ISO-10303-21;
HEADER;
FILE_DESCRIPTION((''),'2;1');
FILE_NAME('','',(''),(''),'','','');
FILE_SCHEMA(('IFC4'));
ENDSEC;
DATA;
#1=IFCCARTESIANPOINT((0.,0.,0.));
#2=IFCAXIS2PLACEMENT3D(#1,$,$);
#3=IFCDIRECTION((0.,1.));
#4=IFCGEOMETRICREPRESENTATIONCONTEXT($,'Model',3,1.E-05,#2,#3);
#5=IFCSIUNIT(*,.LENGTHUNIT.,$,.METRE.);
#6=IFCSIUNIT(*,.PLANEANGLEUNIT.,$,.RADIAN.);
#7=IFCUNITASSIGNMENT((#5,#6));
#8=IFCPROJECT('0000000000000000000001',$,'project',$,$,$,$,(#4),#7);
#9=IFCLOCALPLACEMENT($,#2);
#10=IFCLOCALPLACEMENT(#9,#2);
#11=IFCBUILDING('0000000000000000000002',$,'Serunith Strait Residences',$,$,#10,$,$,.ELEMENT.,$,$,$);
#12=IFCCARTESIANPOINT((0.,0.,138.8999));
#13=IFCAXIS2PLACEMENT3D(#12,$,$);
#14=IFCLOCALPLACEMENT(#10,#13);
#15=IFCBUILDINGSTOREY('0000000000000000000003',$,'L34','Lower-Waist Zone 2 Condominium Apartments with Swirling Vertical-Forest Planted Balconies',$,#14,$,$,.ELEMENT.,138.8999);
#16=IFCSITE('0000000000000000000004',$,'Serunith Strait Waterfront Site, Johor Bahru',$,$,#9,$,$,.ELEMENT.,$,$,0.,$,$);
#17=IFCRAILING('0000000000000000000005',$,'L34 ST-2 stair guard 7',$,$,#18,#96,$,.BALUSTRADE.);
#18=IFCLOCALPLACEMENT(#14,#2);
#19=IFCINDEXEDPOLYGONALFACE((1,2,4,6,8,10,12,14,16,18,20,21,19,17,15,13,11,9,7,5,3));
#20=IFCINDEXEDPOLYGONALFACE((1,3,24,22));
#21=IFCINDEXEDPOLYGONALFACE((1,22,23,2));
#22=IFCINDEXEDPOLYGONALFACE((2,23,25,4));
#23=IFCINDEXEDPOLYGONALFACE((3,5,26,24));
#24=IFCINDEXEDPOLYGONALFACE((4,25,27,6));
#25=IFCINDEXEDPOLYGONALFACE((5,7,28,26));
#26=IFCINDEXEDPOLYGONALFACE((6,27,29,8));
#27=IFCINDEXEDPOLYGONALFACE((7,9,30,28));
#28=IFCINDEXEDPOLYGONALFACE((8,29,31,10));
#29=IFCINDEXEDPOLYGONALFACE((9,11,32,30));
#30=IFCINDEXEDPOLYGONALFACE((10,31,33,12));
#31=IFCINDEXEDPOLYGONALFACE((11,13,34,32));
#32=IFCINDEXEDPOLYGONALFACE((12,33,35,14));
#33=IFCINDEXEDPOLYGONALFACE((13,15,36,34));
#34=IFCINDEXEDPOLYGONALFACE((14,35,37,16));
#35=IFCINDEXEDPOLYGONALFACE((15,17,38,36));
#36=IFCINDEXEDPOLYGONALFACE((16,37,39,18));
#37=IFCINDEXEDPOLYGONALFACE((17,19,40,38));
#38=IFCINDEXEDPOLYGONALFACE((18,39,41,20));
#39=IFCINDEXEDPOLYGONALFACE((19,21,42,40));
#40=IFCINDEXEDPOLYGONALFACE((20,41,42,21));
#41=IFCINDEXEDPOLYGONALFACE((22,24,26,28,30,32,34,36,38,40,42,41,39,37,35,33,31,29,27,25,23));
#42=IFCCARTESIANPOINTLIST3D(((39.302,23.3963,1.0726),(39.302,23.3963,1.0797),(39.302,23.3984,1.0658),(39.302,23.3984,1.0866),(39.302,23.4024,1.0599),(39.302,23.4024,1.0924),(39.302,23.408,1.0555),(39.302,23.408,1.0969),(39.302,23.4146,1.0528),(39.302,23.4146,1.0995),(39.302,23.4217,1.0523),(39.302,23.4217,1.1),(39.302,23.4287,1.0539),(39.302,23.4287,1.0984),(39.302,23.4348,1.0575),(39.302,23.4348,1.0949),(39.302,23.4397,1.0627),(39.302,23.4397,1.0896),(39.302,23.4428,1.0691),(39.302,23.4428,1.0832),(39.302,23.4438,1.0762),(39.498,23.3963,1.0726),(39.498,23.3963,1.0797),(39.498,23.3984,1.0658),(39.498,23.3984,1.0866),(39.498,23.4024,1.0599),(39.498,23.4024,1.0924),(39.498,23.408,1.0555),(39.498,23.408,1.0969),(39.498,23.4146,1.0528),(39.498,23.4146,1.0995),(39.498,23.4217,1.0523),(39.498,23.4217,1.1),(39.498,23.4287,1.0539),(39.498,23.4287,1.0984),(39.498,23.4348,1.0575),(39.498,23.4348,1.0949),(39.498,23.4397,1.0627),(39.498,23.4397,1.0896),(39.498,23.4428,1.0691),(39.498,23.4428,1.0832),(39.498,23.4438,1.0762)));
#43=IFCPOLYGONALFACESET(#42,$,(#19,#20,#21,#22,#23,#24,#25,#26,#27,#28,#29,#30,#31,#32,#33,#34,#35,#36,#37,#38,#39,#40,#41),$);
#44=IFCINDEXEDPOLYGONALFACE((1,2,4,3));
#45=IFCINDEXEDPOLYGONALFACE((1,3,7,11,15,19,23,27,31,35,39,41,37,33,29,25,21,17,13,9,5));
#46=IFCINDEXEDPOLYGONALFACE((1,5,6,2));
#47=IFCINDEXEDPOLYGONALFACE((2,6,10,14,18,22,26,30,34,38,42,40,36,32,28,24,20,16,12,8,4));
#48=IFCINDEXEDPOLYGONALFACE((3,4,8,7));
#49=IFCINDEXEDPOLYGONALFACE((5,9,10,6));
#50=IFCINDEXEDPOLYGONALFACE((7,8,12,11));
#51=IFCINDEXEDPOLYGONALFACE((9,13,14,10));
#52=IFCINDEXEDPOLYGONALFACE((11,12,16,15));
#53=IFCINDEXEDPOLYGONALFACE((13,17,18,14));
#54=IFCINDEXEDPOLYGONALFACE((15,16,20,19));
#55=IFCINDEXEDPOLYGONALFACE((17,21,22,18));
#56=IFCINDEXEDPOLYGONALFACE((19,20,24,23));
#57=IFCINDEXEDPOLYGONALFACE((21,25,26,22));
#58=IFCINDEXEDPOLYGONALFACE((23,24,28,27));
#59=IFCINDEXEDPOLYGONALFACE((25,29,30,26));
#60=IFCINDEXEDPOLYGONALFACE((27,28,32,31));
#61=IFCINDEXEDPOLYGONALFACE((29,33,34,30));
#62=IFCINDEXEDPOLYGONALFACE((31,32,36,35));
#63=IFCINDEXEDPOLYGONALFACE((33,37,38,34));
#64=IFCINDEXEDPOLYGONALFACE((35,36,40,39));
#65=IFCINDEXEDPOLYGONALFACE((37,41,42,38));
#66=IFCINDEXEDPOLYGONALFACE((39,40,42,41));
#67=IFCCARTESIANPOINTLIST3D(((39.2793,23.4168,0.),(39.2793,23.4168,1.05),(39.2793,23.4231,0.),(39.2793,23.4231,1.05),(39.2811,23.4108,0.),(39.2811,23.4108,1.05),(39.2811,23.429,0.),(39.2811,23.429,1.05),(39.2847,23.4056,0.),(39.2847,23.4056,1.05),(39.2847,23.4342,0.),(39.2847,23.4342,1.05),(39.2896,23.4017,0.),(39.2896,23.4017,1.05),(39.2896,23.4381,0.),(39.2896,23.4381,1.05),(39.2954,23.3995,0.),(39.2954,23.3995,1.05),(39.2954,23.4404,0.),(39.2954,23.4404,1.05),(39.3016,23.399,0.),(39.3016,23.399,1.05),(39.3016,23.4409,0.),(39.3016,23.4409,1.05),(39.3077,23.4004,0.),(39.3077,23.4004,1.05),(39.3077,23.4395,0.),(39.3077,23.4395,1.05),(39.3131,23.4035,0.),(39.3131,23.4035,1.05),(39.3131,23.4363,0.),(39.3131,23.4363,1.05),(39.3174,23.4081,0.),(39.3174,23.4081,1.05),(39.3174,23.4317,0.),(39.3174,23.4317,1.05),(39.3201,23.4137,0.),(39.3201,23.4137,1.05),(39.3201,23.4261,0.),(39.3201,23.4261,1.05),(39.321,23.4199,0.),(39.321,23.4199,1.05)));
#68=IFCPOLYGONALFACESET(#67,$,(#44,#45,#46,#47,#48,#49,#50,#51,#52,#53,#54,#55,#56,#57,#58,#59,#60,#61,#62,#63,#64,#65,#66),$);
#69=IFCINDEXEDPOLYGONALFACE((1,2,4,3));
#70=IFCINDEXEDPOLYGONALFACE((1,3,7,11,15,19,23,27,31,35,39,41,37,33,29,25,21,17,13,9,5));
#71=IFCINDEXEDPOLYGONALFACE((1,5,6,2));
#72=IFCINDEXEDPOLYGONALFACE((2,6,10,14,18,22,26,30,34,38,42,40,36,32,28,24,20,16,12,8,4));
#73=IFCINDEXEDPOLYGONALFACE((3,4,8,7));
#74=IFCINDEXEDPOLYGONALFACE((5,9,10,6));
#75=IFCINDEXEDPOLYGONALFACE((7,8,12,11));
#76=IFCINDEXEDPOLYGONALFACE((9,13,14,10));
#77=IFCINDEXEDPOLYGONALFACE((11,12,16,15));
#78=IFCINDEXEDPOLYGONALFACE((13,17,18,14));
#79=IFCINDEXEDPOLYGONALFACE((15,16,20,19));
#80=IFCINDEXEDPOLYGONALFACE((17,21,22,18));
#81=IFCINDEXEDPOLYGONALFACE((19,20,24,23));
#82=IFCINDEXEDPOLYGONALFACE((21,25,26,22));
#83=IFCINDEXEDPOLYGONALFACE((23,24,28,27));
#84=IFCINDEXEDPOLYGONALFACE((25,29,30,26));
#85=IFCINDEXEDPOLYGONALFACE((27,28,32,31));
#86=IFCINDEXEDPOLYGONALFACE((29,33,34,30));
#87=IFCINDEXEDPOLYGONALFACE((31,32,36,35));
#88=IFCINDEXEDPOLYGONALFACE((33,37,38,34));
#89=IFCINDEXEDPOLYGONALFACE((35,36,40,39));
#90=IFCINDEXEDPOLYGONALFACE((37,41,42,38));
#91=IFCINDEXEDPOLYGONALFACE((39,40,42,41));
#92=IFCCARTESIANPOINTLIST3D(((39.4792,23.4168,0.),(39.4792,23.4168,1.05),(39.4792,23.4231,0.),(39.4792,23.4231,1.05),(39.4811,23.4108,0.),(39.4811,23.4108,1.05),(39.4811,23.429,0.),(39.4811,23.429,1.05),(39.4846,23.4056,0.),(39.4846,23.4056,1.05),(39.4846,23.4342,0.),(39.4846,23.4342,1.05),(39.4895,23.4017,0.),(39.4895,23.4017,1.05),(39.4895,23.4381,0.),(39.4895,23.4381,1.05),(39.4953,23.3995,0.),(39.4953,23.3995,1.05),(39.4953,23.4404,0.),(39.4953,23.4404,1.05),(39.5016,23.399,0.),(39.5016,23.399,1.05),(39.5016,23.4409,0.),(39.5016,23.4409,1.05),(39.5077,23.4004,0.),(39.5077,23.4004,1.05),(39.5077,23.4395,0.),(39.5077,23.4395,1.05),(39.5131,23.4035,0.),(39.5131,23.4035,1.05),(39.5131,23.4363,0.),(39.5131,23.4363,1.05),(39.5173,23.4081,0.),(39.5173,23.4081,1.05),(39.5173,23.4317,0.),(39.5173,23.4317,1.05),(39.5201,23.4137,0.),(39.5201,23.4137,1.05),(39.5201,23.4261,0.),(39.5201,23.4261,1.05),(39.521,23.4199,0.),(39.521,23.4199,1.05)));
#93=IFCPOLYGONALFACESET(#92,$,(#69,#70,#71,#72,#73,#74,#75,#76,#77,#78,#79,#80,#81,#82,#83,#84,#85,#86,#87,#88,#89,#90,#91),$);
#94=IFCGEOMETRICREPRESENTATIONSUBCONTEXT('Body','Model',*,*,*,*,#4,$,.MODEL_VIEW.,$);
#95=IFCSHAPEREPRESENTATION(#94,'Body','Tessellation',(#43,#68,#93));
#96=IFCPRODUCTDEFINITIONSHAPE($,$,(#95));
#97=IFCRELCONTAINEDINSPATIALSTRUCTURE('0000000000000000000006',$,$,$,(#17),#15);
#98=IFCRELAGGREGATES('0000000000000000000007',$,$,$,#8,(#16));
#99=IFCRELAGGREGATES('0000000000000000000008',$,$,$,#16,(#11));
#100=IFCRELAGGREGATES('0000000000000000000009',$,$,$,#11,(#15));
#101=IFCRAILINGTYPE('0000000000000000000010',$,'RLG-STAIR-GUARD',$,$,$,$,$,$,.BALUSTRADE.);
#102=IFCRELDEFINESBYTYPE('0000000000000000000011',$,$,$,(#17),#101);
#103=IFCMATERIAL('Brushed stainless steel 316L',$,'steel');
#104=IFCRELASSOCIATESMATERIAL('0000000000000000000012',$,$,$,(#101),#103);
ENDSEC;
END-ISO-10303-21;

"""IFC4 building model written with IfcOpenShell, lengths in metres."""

from ifc_helpers import new_model, si_unit, direction, frame, origin, origin_2d, place, context, subcontext, project, spatial, circle, extrude, material, type_object, element, save


model = new_model("IFC4")

# Units and contexts
model_context = context("Model", 3, precision=1e-05, world=origin(), true_north=direction((0.0, 1.0)))
body_context = subcontext(model_context, "Body", "Model", "MODEL_VIEW")
ifc_project = project(units=[si_unit("LENGTHUNIT", "METRE"), si_unit("PLANEANGLEUNIT", "RADIAN")], contexts=[model_context])

# Site, building, storey
site_placement = place(None, origin())
site = spatial("IfcSite", under=ifc_project, at=site_placement, Name="Serunith Strait Waterfront Site, Johor Bahru", CompositionType="ELEMENT", RefElevation=0.0)
building_placement = place(site_placement, origin())
building = spatial("IfcBuilding", under=site, at=building_placement, Name="Serunith Strait Residences", CompositionType="ELEMENT")
storey_placement = place(building_placement, frame((0.0, 0.0, 138.8999)))
storey = spatial("IfcBuildingStorey", under=building, at=storey_placement, Name="L34", Description="Lower-Waist Zone 2 Condominium Apartments with Swirling Vertical-Forest Planted Balconies", CompositionType="ELEMENT", Elevation=138.8999)

# Railing
ifc_material_1 = material(Name="Brushed stainless steel 316L", Category="steel")
railing_type_1 = type_object("IfcRailingType", Name="RLG-STAIR-GUARD", PredefinedType="BALUSTRADE", material=ifc_material_1)
railing_1_placement = place(storey_placement, frame((39.3, 23.4199, 0.0)))
element("IfcRailing", 1, at=railing_1_placement, inside=storey, type_object=railing_type_1, Name="L34 ST-2 stair guard 7", PredefinedType="BALUSTRADE", context=body_context, shape_type="SweptSolid", body=[
    extrude(circle(Radius=0.0239, at=origin_2d()), frame((0.002, 0.0, 1.0762), z_axis=(1.0, 0.0, 0.0), x_axis=(0.0, 1.0, 0.0)), (0.0, 0.0, 1.0), 0.196),
    extrude(circle(Radius=0.021, at=origin_2d()), origin(), (0.0, 0.0, 1.0), 1.05),
    extrude(circle(Radius=0.021, at=origin_2d()), frame((0.2, 0.0, 0.0)), (0.0, 0.0, 1.0), 1.05),
])

save(model, "model.ifc")
